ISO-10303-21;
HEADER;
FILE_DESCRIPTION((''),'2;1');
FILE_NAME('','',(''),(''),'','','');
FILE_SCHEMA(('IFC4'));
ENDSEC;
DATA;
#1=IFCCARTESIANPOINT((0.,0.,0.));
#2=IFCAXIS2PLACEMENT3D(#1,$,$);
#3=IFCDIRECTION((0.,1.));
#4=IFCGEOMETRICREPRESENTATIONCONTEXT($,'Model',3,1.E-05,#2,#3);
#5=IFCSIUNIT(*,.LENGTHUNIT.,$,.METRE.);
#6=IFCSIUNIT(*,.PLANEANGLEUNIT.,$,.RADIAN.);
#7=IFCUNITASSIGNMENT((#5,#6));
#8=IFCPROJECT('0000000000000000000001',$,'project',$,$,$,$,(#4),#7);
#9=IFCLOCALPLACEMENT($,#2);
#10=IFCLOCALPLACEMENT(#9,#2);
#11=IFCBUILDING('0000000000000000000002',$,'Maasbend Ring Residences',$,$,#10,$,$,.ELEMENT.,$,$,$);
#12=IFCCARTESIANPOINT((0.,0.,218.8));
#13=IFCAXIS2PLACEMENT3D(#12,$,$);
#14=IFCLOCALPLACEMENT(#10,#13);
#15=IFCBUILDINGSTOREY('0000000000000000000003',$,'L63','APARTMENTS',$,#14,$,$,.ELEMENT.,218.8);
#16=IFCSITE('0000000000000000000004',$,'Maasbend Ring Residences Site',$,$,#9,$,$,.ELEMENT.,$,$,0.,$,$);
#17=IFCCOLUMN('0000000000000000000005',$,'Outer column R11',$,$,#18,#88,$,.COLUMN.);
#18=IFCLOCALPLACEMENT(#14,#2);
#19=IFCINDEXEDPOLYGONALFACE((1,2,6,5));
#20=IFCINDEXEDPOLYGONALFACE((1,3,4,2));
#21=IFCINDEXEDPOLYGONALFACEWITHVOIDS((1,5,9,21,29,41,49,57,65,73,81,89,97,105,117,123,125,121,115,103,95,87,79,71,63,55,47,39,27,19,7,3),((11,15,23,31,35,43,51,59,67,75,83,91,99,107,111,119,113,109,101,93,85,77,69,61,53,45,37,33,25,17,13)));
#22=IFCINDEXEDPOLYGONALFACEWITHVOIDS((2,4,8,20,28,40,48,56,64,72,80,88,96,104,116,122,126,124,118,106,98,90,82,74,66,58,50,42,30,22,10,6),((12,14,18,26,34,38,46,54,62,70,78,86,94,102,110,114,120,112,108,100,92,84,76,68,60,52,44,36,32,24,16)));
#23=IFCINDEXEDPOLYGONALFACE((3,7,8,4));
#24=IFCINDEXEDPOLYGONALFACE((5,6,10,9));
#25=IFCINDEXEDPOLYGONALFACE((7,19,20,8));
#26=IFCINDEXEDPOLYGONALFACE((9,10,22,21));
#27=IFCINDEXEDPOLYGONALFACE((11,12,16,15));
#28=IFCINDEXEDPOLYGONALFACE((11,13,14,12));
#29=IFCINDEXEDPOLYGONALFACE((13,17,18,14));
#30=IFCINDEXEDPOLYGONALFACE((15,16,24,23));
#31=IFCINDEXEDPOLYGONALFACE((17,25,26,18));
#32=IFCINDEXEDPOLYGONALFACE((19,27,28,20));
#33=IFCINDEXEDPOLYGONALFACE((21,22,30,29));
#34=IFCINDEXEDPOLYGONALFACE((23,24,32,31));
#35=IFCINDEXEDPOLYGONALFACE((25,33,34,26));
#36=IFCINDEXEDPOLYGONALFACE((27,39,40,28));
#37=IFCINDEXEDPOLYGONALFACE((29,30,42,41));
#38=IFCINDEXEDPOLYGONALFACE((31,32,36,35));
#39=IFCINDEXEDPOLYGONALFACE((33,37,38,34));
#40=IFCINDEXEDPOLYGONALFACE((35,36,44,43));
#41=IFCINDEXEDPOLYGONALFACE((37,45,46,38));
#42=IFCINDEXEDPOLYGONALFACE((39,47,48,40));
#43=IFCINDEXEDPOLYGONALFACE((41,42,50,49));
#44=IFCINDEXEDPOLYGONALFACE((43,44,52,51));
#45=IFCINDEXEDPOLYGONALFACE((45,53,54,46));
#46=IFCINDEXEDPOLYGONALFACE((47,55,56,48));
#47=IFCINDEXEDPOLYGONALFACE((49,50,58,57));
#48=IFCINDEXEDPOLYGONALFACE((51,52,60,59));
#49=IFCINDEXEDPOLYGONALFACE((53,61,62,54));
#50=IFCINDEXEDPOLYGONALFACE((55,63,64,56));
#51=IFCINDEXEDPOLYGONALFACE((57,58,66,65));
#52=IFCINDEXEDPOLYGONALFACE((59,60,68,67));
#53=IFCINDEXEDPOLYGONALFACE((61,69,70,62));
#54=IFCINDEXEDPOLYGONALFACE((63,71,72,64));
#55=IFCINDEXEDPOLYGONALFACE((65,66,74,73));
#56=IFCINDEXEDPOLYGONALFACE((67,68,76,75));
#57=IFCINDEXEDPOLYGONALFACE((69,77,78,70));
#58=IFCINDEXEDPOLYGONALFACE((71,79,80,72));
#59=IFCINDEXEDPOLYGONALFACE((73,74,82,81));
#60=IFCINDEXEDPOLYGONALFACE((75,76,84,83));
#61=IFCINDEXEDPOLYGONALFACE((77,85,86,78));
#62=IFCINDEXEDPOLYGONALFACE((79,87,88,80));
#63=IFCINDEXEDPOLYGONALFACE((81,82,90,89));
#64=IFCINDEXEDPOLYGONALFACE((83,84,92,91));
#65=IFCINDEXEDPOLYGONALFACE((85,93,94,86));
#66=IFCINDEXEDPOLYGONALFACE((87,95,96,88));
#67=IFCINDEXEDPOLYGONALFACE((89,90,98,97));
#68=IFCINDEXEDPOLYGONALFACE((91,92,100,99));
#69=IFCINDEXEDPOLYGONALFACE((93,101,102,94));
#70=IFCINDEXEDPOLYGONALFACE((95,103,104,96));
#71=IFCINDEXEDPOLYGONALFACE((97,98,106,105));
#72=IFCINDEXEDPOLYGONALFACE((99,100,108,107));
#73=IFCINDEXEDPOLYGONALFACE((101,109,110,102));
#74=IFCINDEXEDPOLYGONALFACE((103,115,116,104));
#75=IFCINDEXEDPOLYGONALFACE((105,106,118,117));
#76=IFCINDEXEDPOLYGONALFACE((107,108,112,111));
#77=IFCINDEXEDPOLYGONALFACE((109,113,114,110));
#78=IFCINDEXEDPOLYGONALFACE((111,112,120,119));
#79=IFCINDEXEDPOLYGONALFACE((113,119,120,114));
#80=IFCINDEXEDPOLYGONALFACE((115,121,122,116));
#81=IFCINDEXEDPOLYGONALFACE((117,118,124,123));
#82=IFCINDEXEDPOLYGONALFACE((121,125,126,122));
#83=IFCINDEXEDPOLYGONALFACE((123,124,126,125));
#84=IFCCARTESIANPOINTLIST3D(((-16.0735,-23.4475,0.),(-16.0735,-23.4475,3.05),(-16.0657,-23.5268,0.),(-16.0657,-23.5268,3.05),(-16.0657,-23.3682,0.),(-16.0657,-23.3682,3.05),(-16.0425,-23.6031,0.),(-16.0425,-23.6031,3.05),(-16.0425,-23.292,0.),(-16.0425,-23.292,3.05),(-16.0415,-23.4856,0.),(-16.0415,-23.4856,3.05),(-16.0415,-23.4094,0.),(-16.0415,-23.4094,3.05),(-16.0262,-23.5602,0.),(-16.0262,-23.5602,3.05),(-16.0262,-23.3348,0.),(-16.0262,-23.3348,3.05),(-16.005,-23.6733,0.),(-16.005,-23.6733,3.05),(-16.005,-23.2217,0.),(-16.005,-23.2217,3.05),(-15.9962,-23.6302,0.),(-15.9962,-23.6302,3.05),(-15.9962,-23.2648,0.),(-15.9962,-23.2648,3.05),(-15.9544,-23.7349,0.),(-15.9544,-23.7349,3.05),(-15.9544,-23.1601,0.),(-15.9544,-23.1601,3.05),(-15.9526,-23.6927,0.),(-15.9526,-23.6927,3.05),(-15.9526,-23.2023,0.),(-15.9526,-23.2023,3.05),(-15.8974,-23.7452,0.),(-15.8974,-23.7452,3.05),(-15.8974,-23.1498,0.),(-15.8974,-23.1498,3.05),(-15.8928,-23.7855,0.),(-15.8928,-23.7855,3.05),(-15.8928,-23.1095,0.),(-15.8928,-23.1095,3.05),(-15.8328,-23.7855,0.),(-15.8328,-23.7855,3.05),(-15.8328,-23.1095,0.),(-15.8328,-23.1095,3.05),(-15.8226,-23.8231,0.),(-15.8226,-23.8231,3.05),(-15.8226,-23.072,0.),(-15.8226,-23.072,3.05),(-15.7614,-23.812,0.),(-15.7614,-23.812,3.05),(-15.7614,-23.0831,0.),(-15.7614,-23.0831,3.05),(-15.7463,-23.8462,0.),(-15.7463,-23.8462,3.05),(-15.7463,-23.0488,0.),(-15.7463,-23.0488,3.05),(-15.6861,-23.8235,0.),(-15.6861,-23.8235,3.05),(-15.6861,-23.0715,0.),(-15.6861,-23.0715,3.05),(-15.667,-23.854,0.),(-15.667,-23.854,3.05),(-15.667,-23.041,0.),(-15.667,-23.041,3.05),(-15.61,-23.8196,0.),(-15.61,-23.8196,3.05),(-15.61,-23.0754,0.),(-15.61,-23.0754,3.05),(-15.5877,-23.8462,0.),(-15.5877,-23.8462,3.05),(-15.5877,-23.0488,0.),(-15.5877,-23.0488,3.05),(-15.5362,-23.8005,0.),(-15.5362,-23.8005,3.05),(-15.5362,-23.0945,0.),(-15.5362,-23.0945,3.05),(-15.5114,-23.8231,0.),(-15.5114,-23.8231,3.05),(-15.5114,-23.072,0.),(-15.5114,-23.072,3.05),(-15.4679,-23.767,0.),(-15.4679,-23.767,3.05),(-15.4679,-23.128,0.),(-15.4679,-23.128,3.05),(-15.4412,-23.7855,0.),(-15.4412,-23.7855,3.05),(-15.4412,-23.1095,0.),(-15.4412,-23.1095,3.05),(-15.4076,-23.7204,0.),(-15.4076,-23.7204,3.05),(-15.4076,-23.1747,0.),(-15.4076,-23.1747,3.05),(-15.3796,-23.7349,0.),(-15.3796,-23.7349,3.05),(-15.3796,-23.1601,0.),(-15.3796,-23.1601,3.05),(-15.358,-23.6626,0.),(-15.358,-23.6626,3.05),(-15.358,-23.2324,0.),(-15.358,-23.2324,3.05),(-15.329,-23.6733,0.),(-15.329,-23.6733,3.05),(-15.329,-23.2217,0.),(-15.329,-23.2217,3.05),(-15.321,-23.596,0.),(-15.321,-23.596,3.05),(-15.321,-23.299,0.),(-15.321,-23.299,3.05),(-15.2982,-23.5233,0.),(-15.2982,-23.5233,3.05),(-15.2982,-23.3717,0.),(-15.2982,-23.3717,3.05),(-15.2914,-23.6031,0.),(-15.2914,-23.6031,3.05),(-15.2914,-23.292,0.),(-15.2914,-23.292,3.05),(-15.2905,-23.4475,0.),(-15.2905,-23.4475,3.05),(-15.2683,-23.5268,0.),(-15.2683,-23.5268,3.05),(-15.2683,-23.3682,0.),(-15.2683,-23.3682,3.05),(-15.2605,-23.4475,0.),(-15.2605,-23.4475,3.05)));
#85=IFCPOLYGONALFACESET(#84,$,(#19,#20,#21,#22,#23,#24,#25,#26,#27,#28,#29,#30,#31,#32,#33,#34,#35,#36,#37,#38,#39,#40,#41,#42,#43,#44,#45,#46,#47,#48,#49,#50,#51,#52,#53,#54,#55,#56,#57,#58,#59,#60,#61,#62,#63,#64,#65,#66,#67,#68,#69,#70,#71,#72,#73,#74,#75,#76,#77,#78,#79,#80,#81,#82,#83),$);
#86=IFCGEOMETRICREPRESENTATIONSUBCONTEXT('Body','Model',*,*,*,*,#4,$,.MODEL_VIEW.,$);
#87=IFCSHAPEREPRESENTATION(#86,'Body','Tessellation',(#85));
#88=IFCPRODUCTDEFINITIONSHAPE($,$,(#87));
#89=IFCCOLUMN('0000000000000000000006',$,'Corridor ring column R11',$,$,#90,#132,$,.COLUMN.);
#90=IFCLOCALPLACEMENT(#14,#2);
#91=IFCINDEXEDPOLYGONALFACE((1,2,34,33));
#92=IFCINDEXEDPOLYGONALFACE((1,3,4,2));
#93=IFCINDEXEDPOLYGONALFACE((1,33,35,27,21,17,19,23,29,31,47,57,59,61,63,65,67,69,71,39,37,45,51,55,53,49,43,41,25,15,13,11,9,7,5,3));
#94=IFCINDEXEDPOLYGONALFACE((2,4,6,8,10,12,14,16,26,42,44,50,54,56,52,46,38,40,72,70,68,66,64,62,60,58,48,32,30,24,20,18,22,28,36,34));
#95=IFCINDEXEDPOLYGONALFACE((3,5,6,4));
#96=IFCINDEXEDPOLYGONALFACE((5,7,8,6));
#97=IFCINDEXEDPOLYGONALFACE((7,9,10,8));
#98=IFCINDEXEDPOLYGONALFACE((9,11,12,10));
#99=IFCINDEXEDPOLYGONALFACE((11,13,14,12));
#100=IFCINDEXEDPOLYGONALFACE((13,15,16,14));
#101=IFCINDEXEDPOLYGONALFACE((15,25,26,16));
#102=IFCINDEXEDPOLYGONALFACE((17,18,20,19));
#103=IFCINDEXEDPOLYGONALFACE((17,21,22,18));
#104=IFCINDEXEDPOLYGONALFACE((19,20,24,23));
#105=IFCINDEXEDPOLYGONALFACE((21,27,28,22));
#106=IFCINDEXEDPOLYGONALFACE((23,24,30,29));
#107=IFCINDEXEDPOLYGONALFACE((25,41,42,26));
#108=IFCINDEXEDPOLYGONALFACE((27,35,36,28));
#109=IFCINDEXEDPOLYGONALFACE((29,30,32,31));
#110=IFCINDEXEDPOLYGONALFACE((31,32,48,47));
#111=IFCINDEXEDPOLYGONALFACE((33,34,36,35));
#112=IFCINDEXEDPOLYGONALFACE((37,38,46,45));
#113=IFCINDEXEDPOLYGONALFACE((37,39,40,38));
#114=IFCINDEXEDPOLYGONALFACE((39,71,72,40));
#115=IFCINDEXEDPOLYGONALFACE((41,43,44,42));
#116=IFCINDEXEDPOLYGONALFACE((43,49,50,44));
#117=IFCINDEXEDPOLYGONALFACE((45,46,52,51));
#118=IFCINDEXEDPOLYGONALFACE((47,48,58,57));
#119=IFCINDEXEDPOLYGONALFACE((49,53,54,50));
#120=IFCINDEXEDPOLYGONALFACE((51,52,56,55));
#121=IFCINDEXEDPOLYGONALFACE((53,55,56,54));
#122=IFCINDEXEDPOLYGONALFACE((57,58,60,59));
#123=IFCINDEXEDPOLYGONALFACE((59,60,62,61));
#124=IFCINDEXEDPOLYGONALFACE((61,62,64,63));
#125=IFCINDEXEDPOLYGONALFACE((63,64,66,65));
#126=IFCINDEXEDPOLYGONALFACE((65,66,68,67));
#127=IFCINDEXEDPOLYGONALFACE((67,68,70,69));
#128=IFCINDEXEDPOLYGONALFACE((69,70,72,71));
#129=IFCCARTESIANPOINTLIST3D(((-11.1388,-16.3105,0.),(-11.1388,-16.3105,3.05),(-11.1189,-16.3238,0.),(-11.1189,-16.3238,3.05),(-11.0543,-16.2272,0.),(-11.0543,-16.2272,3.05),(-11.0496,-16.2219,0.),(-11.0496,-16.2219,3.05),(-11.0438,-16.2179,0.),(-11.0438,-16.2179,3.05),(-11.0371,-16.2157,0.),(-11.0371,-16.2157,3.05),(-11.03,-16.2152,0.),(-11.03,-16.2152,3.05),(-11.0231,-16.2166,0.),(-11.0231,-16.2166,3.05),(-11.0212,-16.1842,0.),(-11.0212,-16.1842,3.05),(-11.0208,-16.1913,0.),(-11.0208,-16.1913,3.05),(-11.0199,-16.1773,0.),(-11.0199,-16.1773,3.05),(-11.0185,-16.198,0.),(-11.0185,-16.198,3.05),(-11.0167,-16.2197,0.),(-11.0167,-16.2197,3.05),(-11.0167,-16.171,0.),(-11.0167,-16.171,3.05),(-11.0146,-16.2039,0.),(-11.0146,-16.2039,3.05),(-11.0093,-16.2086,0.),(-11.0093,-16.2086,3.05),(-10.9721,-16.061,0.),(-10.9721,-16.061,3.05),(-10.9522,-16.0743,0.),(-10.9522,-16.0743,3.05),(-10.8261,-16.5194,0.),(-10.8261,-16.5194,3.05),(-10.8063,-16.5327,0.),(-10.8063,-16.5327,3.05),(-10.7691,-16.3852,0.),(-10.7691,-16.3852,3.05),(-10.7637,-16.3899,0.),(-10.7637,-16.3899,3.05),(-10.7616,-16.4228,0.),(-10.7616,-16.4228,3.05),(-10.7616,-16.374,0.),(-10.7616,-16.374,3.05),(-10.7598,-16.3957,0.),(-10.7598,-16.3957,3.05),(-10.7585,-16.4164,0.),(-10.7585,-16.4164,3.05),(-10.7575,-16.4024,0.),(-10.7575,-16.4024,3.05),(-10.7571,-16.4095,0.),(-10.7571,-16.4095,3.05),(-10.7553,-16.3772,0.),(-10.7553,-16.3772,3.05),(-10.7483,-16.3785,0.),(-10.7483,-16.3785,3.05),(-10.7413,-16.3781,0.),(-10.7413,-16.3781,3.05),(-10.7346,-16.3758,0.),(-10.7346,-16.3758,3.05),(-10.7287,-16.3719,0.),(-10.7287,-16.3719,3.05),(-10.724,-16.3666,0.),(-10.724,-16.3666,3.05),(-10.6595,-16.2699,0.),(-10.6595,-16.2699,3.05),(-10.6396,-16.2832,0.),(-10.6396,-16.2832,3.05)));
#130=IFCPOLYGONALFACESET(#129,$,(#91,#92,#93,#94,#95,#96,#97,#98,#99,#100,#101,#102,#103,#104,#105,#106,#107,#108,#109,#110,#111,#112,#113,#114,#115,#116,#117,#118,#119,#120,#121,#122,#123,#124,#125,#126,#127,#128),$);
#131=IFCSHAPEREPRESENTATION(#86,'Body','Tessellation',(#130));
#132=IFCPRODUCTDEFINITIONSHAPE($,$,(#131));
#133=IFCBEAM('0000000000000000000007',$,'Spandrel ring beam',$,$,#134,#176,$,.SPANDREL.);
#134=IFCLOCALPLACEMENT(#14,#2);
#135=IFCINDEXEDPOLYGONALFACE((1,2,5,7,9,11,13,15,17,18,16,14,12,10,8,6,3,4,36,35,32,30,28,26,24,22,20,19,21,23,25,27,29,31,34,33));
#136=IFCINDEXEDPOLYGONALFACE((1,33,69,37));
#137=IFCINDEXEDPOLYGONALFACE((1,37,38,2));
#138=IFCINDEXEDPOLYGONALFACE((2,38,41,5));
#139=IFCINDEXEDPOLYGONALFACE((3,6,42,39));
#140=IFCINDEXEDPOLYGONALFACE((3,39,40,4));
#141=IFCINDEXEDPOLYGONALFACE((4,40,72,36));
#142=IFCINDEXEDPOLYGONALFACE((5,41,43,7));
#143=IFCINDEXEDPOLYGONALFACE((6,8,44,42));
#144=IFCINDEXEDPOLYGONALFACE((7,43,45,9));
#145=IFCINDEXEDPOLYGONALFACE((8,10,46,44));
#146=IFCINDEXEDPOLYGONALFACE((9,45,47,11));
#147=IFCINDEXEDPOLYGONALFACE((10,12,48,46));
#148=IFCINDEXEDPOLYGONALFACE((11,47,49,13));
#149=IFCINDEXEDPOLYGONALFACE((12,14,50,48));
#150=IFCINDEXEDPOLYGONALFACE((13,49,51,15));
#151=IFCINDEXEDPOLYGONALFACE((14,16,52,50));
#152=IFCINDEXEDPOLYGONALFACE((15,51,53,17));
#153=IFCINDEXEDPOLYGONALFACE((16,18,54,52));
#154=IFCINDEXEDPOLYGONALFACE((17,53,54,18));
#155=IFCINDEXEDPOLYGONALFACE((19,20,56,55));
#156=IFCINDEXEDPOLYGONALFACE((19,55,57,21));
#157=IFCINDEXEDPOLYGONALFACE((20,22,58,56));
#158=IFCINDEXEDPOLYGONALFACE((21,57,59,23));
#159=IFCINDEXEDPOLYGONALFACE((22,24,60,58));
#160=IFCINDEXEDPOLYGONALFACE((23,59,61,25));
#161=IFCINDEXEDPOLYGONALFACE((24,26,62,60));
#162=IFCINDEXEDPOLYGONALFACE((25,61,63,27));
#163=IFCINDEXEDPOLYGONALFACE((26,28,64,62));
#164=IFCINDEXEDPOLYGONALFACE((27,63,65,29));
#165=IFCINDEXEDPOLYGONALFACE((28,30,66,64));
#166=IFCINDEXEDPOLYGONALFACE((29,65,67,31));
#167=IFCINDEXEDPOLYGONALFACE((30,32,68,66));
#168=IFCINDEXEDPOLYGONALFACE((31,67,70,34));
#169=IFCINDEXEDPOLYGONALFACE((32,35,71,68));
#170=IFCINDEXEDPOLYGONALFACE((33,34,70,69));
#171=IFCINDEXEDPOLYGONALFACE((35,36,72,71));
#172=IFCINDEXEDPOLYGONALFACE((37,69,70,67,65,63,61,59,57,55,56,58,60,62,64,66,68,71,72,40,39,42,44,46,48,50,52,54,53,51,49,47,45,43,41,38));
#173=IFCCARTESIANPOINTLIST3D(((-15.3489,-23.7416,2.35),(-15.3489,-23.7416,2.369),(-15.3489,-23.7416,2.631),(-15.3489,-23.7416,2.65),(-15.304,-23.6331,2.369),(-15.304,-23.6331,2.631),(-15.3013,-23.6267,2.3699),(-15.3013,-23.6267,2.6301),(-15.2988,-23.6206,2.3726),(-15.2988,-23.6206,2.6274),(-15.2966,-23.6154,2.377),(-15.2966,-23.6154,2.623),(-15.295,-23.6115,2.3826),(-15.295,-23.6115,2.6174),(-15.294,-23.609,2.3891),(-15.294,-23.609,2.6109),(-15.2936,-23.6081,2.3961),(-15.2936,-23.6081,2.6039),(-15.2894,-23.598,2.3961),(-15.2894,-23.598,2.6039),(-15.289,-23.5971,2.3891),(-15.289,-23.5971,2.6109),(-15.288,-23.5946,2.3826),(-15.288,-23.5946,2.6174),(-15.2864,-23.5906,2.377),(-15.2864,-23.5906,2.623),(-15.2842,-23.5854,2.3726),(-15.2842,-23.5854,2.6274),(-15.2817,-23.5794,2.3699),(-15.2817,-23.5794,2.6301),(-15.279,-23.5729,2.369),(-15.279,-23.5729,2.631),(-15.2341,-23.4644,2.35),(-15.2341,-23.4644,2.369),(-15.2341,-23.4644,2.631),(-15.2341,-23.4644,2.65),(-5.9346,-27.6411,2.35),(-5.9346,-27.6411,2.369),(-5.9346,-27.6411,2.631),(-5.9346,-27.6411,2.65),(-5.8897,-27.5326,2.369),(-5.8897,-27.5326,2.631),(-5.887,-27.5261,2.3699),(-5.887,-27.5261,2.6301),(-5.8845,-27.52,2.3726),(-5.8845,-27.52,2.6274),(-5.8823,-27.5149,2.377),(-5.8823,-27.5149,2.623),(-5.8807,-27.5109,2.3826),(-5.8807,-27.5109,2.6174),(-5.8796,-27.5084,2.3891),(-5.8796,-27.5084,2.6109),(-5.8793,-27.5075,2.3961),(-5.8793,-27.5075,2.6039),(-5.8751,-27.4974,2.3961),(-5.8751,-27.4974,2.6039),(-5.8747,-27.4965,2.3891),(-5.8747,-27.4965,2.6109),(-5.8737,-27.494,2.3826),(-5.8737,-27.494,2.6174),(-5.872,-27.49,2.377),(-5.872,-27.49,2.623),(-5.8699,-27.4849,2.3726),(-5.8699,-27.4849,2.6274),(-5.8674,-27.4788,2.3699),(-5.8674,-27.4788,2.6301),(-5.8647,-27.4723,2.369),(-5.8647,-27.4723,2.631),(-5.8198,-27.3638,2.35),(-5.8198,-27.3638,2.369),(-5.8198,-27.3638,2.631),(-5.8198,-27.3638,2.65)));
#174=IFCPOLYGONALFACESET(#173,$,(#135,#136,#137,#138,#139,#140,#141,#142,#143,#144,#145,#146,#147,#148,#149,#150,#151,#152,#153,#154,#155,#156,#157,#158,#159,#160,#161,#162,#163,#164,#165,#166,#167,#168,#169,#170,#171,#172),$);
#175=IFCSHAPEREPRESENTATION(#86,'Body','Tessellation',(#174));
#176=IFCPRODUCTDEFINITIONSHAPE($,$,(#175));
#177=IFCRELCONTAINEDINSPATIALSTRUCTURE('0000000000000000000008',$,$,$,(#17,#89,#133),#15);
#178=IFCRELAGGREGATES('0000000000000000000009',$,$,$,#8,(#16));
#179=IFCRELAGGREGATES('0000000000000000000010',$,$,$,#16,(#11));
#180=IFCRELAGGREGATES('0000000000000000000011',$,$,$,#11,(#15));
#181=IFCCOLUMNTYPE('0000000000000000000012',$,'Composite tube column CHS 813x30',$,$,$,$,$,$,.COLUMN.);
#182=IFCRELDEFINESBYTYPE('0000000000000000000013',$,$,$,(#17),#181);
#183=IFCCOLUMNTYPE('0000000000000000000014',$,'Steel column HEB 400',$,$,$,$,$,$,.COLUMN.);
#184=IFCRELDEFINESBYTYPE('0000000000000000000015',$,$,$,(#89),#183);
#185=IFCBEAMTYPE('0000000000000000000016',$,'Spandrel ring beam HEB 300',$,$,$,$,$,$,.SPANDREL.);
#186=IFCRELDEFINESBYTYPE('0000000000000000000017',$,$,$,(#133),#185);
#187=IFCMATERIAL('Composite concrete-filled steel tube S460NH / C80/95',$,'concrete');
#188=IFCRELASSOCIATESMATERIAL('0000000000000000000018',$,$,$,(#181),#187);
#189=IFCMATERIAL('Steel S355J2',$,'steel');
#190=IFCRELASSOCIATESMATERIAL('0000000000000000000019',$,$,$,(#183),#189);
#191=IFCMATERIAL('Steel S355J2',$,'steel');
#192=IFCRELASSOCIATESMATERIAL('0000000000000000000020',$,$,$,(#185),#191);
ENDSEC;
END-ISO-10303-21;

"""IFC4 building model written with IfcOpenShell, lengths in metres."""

from ifc_helpers import new_model, si_unit, direction, frame, origin, origin_2d, place, context, subcontext, project, spatial, hollow_circle, i_section, extrude, material, material_profile, profile_set, type_object, element, save


model = new_model("IFC4")

# Units and contexts
model_context = context("Model", 3, precision=1e-05, world=origin(), true_north=direction((0.0, 1.0)))
body_context = subcontext(model_context, "Body", "Model", "MODEL_VIEW")
ifc_project = project(units=[si_unit("LENGTHUNIT", "METRE"), si_unit("PLANEANGLEUNIT", "RADIAN")], contexts=[model_context])

# Site, building, storey
site_placement = place(None, origin())
site = spatial("IfcSite", under=ifc_project, at=site_placement, Name="Maasbend Ring Residences Site", CompositionType="ELEMENT", RefElevation=0.0)
building_placement = place(site_placement, origin())
building = spatial("IfcBuilding", under=site, at=building_placement, Name="Maasbend Ring Residences", CompositionType="ELEMENT")
storey_placement = place(building_placement, frame((0.0, 0.0, 218.8)))
storey = spatial("IfcBuildingStorey", under=building, at=storey_placement, Name="L63", Description="APARTMENTS", CompositionType="ELEMENT", Elevation=218.8)

# Columns
ifc_material_1 = material(Name="Composite concrete-filled steel tube S460NH / C80/95", Category="concrete")
ifc_material_profile_1 = material_profile(ifc_material_1, hollow_circle(Radius=0.4065, WallThickness=0.03, at=origin_2d()), Name="Composite tube column CHS 813x30")
ifc_profile_set_1 = profile_set([ifc_material_profile_1], Name="Composite concrete-filled steel tube S460NH / C80/95")
column_type_1 = type_object("IfcColumnType", Name="Composite tube column CHS 813x30", PredefinedType="COLUMN", material=ifc_profile_set_1)
column_1_placement = place(storey_placement, frame((-15.667, -23.4475, 0.0), z_axis=(0.0, 0.0, 1.0), x_axis=(1.0, 0.0, 0.0)))
element("IfcColumn", 1, at=column_1_placement, inside=storey, type_object=column_type_1, Name="Outer column R11", PredefinedType="COLUMN", context=body_context, shape_type="SweptSolid", body=[
    extrude(hollow_circle(Radius=0.4065, WallThickness=0.03, at=origin_2d()), origin(), (0.0, 0.0, 1.0), 3.05),
])
ifc_material_2 = material(Name="Steel S355J2", Category="steel")
ifc_material_profile_2 = material_profile(ifc_material_2, i_section(OverallWidth=0.3, OverallDepth=0.3999, WebThickness=0.0134, FlangeThickness=0.0239, FilletRadius=0.0271, at=origin_2d()), Name="HEB 400")
ifc_profile_set_2 = profile_set([ifc_material_profile_2], Name="Steel S355J2")
column_type_2 = type_object("IfcColumnType", Name="Steel column HEB 400", PredefinedType="COLUMN", material=ifc_profile_set_2)
column_2_placement = place(storey_placement, frame((-10.8892, -16.2969, 0.0), z_axis=(0.0, 0.0, 1.0), x_axis=(-0.55557, -0.83147, 0.0)))
element("IfcColumn", 2, at=column_2_placement, inside=storey, type_object=column_type_2, Name="Corridor ring column R11", PredefinedType="COLUMN", context=body_context, shape_type="SweptSolid", body=[
    extrude(i_section(OverallWidth=0.3, OverallDepth=0.3999, WebThickness=0.0134, FlangeThickness=0.0239, FilletRadius=0.0271, at=origin_2d()), origin(), (0.0, 0.0, 1.0), 3.05),
])

# Beam
ifc_material_3 = material(Name="Steel S355J2", Category="steel")
ifc_material_profile_3 = material_profile(ifc_material_3, i_section(OverallWidth=0.3, OverallDepth=0.3, WebThickness=0.011, FlangeThickness=0.019, FilletRadius=0.0271, at=origin_2d()), Name="HEB 300")
ifc_profile_set_3 = profile_set([ifc_material_profile_3], Name="Steel S355J2")
beam_type = type_object("IfcBeamType", Name="Spandrel ring beam HEB 300", PredefinedType="SPANDREL", material=ifc_profile_set_3)
beam_placement = place(storey_placement, frame((-15.2915, -23.603, 2.5), z_axis=(0.923884, -0.382673, 0.0), x_axis=(0.382673, 0.923884, 0.0)))
element("IfcBeam", 3, at=beam_placement, inside=storey, type_object=beam_type, Name="Spandrel ring beam", PredefinedType="SPANDREL", context=body_context, shape_type="SweptSolid", body=[
    extrude(i_section(OverallWidth=0.3, OverallDepth=0.3, WebThickness=0.011, FlangeThickness=0.019, FilletRadius=0.0271, at=origin_2d()), origin(), (0.0, 0.0, 1.0), 10.1899),
])

save(model, "model.ifc")
